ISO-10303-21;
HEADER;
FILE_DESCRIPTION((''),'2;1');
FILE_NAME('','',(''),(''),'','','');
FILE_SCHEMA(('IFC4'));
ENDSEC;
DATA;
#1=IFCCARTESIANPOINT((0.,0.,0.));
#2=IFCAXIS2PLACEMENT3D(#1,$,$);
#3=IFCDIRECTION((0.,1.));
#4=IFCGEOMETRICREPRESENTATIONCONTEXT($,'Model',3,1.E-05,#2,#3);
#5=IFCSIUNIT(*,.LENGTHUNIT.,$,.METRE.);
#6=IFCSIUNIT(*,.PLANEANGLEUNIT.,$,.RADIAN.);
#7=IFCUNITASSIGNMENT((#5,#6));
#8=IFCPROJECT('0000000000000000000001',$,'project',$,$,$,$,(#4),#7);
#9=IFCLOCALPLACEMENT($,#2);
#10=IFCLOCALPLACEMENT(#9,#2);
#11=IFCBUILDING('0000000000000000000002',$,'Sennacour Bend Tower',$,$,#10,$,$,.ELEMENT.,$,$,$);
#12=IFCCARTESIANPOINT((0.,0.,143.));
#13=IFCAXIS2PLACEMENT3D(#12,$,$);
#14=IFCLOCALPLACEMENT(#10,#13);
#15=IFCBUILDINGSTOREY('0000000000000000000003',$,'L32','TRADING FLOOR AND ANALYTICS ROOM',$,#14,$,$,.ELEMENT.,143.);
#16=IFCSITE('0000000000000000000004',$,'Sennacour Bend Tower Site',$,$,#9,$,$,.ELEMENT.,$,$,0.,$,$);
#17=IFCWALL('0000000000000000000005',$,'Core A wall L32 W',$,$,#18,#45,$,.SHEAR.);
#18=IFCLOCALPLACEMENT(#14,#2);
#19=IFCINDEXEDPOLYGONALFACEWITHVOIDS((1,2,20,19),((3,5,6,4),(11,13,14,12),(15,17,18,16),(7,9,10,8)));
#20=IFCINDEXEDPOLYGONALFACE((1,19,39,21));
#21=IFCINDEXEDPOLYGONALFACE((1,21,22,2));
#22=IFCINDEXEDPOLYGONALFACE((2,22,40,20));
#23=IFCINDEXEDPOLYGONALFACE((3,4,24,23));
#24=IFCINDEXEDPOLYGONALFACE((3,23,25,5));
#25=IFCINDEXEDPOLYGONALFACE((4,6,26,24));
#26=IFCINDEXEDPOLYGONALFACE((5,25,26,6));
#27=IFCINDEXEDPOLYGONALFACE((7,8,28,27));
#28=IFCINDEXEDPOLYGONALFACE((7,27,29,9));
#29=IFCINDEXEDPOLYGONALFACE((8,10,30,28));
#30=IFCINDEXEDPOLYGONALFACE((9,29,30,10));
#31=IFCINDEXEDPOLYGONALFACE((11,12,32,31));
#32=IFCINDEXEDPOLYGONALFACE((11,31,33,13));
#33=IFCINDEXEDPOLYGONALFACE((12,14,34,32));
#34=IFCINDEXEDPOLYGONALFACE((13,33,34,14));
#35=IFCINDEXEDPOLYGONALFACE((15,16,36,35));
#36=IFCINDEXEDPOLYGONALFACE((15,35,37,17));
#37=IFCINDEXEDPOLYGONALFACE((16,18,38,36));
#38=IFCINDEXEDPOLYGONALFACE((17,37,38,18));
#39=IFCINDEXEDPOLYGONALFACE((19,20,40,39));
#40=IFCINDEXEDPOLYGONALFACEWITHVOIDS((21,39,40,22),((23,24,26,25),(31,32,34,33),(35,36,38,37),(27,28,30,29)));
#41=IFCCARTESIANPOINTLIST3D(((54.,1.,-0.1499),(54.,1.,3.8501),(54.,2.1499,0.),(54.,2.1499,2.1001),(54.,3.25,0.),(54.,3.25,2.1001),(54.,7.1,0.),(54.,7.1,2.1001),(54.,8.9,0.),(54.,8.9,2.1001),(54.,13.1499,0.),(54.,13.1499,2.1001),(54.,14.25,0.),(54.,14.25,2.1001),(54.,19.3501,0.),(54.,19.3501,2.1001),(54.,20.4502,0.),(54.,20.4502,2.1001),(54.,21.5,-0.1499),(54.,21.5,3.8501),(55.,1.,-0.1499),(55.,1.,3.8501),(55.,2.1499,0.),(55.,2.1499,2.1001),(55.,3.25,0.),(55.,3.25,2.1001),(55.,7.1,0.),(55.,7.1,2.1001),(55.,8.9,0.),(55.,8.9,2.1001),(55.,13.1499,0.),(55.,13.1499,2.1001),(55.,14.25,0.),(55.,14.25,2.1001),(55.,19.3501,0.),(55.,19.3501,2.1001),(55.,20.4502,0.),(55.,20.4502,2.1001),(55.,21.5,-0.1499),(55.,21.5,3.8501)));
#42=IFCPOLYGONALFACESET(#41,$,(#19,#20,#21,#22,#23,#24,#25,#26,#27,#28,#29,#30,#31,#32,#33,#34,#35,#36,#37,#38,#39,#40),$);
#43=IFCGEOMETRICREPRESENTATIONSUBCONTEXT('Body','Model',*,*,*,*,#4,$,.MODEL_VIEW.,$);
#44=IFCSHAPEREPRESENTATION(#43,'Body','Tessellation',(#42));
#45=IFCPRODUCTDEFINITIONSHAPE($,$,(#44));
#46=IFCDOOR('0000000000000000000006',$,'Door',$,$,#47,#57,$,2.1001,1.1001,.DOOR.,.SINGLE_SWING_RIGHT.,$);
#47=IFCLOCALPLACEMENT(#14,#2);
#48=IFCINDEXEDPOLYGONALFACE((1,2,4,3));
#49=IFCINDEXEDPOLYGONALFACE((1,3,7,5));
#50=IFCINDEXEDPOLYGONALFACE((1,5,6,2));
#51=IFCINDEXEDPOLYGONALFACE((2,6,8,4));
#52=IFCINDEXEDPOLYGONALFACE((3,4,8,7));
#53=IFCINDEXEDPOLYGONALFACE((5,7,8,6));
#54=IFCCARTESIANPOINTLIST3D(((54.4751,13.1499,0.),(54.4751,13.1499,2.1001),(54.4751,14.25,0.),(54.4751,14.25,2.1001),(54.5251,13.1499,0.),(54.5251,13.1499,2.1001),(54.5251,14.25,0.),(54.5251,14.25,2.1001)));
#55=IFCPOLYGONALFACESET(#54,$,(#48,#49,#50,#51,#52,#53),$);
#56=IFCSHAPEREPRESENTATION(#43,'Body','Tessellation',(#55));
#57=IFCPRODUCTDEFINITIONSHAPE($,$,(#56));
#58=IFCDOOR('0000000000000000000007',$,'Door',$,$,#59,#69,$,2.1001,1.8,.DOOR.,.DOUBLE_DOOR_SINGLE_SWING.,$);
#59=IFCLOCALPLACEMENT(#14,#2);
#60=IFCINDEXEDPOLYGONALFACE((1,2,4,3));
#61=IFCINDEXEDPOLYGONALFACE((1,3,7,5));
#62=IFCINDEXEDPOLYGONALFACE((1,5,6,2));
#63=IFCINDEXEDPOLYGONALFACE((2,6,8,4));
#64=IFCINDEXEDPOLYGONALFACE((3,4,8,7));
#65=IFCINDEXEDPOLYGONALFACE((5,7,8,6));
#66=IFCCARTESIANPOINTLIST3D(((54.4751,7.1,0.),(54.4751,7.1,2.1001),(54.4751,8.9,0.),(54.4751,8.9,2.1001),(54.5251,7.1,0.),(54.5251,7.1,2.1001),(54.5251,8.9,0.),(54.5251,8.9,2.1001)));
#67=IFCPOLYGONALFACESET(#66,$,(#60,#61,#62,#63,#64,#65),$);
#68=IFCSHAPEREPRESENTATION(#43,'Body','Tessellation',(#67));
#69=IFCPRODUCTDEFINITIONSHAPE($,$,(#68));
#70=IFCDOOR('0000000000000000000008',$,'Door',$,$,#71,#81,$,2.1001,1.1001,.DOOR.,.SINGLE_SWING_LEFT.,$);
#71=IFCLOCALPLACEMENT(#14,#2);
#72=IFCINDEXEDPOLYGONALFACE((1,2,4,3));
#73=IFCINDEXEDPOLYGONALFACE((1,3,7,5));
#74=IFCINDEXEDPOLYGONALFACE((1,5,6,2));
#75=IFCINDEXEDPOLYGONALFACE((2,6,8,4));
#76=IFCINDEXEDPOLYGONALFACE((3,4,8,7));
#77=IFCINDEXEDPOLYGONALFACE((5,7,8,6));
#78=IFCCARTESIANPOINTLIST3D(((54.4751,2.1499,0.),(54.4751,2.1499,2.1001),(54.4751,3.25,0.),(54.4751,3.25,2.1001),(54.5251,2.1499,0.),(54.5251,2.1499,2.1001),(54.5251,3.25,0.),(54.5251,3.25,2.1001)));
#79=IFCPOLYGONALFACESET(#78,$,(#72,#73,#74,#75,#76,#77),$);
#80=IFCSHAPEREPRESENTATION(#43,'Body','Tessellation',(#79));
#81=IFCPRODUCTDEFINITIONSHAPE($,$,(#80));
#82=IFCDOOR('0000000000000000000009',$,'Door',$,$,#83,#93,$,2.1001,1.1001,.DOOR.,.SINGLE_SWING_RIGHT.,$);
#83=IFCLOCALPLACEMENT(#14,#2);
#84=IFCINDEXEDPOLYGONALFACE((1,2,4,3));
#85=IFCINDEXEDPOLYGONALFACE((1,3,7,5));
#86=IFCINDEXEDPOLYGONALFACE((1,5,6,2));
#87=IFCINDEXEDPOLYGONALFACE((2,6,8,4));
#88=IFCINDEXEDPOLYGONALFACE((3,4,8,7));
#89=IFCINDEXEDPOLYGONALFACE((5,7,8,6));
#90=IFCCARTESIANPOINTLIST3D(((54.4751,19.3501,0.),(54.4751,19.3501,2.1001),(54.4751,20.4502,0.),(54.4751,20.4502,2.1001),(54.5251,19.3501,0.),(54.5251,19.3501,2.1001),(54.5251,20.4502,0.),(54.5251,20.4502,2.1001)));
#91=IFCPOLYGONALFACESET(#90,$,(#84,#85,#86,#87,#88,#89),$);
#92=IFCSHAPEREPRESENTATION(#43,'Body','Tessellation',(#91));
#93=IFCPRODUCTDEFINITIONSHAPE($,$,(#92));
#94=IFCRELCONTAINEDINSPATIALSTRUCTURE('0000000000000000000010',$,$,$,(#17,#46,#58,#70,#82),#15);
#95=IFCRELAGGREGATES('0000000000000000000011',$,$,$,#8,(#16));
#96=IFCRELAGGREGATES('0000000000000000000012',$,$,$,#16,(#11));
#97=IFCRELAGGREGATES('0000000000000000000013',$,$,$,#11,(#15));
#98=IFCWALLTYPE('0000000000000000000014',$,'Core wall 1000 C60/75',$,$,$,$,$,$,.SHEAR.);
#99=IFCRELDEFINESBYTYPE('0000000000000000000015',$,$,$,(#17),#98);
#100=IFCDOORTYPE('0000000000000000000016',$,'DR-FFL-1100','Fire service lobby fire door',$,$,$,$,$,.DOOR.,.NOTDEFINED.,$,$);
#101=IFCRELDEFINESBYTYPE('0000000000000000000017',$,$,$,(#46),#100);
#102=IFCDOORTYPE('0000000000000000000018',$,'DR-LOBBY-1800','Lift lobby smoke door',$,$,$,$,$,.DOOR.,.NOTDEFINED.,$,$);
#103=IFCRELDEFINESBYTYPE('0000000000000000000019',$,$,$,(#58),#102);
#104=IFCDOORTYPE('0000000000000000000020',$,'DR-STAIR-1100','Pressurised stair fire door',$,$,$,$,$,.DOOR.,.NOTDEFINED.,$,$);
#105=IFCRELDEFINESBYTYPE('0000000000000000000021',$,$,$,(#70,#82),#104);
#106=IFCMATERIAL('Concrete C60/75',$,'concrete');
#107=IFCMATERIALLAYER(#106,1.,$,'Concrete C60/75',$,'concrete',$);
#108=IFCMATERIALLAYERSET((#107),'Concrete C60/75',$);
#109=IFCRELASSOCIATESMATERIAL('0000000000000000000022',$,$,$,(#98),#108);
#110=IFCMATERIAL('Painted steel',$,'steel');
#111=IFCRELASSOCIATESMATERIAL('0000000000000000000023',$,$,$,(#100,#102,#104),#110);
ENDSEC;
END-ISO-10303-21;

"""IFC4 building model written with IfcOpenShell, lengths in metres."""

from ifc_helpers import new_model, si_unit, direction, frame, frame_2d, origin, place, context, subcontext, project, spatial, rectangle, extrude, material, layer, layer_set, type_object, element, fill, save


model = new_model("IFC4")

# Units and contexts
model_context = context("Model", 3, precision=1e-05, world=origin(), true_north=direction((0.0, 1.0)))
body_context = subcontext(model_context, "Body", "Model", "MODEL_VIEW")
ifc_project = project(units=[si_unit("LENGTHUNIT", "METRE"), si_unit("PLANEANGLEUNIT", "RADIAN")], contexts=[model_context])

# Site, building, storey
site_placement = place(None, origin())
site = spatial("IfcSite", under=ifc_project, at=site_placement, Name="Sennacour Bend Tower Site", CompositionType="ELEMENT", RefElevation=0.0)
building_placement = place(site_placement, origin())
building = spatial("IfcBuilding", under=site, at=building_placement, Name="Sennacour Bend Tower", CompositionType="ELEMENT")
storey_placement = place(building_placement, frame((0.0, 0.0, 143.0)))
storey = spatial("IfcBuildingStorey", under=building, at=storey_placement, Name="L32", Description="TRADING FLOOR AND ANALYTICS ROOM", CompositionType="ELEMENT", Elevation=143.0)

# Wall, openings, doors
ifc_material_1 = material(Name="Concrete C60/75", Category="concrete")
ifc_layer_1 = layer(ifc_material_1, 1.0, Name="Concrete C60/75", Category="concrete")
ifc_layer_set_1 = layer_set([ifc_layer_1], Name="Concrete C60/75")
wall_type_1 = type_object("IfcWallType", Name="Core wall 1000 C60/75", PredefinedType="SHEAR", material=ifc_layer_set_1)
wall_1_placement = place(storey_placement, frame((54.5, 1.0, -0.1499), z_axis=(0.0, 0.0, 1.0), x_axis=(0.0, 1.0, 0.0)))
wall_1 = element("IfcWall", 1, at=wall_1_placement, inside=storey, type_object=wall_type_1, Name="Core A wall L32 W", PredefinedType="SHEAR", context=body_context, shape_type="SweptSolid", body=[
    extrude(rectangle(XDim=20.5, YDim=1.0, at=frame_2d((10.25, 0.0))), origin(), (0.0, 0.0, 1.0), 4.0),
])
opening_1_placement = place(wall_1_placement, frame((6.1001, 0.0, 0.1499)))
opening_1 = element("IfcOpeningElement", 2, at=opening_1_placement, cuts=wall_1, PredefinedType="OPENING", context=body_context, shape_type="SweptSolid", body=[
    extrude(rectangle(XDim=1.8, YDim=2.1001, at=frame_2d((0.8999, 1.05))), frame((0.0, 0.51, 0.0), z_axis=(0.0, -1.0, 0.0), x_axis=(1.0, 0.0, 0.0)), (0.0, 0.0, 1.0), 1.02),
])
opening_2_placement = place(wall_1_placement, frame((12.1499, 0.0, 0.1499)))
opening_2 = element("IfcOpeningElement", 3, at=opening_2_placement, cuts=wall_1, PredefinedType="OPENING", context=body_context, shape_type="SweptSolid", body=[
    extrude(rectangle(XDim=1.1001, YDim=2.1001, at=frame_2d((0.55, 1.05))), frame((0.0, 0.51, 0.0), z_axis=(0.0, -1.0, 0.0), x_axis=(1.0, 0.0, 0.0)), (0.0, 0.0, 1.0), 1.02),
])
opening_3_placement = place(wall_1_placement, frame((1.1499, 0.0, 0.1499)))
opening_3 = element("IfcOpeningElement", 4, at=opening_3_placement, cuts=wall_1, PredefinedType="OPENING", context=body_context, shape_type="SweptSolid", body=[
    extrude(rectangle(XDim=1.1001, YDim=2.1001, at=frame_2d((0.55, 1.05))), frame((0.0, 0.51, 0.0), z_axis=(0.0, -1.0, 0.0), x_axis=(1.0, 0.0, 0.0)), (0.0, 0.0, 1.0), 1.02),
])
opening_4_placement = place(wall_1_placement, frame((18.3501, 0.0, 0.1499)))
opening_4 = element("IfcOpeningElement", 5, at=opening_4_placement, cuts=wall_1, PredefinedType="OPENING", context=body_context, shape_type="SweptSolid", body=[
    extrude(rectangle(XDim=1.1001, YDim=2.1001, at=frame_2d((0.55, 1.05))), frame((0.0, 0.51, 0.0), z_axis=(0.0, -1.0, 0.0), x_axis=(1.0, 0.0, 0.0)), (0.0, 0.0, 1.0), 1.02),
])
ifc_material_2 = material(Name="Painted steel", Category="steel")
door_type_1 = type_object("IfcDoorType", Name="DR-FFL-1100", Description="Fire service lobby fire door", OperationType="NOTDEFINED", PredefinedType="DOOR", material=ifc_material_2)
door_1_placement = place(opening_2_placement, origin())
door_1 = element("IfcDoor", 6, at=door_1_placement, inside=storey, type_object=door_type_1, Name="Door", OperationType="SINGLE_SWING_RIGHT", OverallHeight=2.1001, OverallWidth=1.1001, PredefinedType="DOOR", context=body_context, shape_type="SweptSolid", body=[
    extrude(rectangle(XDim=1.1001, YDim=2.1001, at=frame_2d((0.55, 1.05))), frame((0.0, 0.0249, 0.0), z_axis=(0.0, -1.0, 0.0), x_axis=(1.0, 0.0, 0.0)), (0.0, 0.0, 1.0), 0.05),
])
fill(opening_2, door_1)
door_type_2 = type_object("IfcDoorType", Name="DR-LOBBY-1800", Description="Lift lobby smoke door", OperationType="NOTDEFINED", PredefinedType="DOOR", material=ifc_material_2)
door_2_placement = place(opening_1_placement, origin())
door_2 = element("IfcDoor", 7, at=door_2_placement, inside=storey, type_object=door_type_2, Name="Door", OperationType="DOUBLE_DOOR_SINGLE_SWING", OverallHeight=2.1001, OverallWidth=1.8, PredefinedType="DOOR", context=body_context, shape_type="SweptSolid", body=[
    extrude(rectangle(XDim=1.8, YDim=2.1001, at=frame_2d((0.8999, 1.05))), frame((0.0, 0.0249, 0.0), z_axis=(0.0, -1.0, 0.0), x_axis=(1.0, 0.0, 0.0)), (0.0, 0.0, 1.0), 0.05),
])
fill(opening_1, door_2)
door_type_3 = type_object("IfcDoorType", Name="DR-STAIR-1100", Description="Pressurised stair fire door", OperationType="NOTDEFINED", PredefinedType="DOOR", material=ifc_material_2)
door_3_placement = place(opening_3_placement, origin())
door_3 = element("IfcDoor", 8, at=door_3_placement, inside=storey, type_object=door_type_3, Name="Door", OperationType="SINGLE_SWING_LEFT", OverallHeight=2.1001, OverallWidth=1.1001, PredefinedType="DOOR", context=body_context, shape_type="SweptSolid", body=[
    extrude(rectangle(XDim=1.1001, YDim=2.1001, at=frame_2d((0.55, 1.05))), frame((0.0, 0.0249, 0.0), z_axis=(0.0, -1.0, 0.0), x_axis=(1.0, 0.0, 0.0)), (0.0, 0.0, 1.0), 0.05),
])
fill(opening_3, door_3)
door_4_placement = place(opening_4_placement, origin())
door_4 = element("IfcDoor", 9, at=door_4_placement, inside=storey, type_object=door_type_3, Name="Door", OperationType="SINGLE_SWING_RIGHT", OverallHeight=2.1001, OverallWidth=1.1001, PredefinedType="DOOR", context=body_context, shape_type="SweptSolid", body=[
    extrude(rectangle(XDim=1.1001, YDim=2.1001, at=frame_2d((0.55, 1.05))), frame((0.0, 0.0249, 0.0), z_axis=(0.0, -1.0, 0.0), x_axis=(1.0, 0.0, 0.0)), (0.0, 0.0, 1.0), 0.05),
])
fill(opening_4, door_4)

save(model, "model.ifc")
